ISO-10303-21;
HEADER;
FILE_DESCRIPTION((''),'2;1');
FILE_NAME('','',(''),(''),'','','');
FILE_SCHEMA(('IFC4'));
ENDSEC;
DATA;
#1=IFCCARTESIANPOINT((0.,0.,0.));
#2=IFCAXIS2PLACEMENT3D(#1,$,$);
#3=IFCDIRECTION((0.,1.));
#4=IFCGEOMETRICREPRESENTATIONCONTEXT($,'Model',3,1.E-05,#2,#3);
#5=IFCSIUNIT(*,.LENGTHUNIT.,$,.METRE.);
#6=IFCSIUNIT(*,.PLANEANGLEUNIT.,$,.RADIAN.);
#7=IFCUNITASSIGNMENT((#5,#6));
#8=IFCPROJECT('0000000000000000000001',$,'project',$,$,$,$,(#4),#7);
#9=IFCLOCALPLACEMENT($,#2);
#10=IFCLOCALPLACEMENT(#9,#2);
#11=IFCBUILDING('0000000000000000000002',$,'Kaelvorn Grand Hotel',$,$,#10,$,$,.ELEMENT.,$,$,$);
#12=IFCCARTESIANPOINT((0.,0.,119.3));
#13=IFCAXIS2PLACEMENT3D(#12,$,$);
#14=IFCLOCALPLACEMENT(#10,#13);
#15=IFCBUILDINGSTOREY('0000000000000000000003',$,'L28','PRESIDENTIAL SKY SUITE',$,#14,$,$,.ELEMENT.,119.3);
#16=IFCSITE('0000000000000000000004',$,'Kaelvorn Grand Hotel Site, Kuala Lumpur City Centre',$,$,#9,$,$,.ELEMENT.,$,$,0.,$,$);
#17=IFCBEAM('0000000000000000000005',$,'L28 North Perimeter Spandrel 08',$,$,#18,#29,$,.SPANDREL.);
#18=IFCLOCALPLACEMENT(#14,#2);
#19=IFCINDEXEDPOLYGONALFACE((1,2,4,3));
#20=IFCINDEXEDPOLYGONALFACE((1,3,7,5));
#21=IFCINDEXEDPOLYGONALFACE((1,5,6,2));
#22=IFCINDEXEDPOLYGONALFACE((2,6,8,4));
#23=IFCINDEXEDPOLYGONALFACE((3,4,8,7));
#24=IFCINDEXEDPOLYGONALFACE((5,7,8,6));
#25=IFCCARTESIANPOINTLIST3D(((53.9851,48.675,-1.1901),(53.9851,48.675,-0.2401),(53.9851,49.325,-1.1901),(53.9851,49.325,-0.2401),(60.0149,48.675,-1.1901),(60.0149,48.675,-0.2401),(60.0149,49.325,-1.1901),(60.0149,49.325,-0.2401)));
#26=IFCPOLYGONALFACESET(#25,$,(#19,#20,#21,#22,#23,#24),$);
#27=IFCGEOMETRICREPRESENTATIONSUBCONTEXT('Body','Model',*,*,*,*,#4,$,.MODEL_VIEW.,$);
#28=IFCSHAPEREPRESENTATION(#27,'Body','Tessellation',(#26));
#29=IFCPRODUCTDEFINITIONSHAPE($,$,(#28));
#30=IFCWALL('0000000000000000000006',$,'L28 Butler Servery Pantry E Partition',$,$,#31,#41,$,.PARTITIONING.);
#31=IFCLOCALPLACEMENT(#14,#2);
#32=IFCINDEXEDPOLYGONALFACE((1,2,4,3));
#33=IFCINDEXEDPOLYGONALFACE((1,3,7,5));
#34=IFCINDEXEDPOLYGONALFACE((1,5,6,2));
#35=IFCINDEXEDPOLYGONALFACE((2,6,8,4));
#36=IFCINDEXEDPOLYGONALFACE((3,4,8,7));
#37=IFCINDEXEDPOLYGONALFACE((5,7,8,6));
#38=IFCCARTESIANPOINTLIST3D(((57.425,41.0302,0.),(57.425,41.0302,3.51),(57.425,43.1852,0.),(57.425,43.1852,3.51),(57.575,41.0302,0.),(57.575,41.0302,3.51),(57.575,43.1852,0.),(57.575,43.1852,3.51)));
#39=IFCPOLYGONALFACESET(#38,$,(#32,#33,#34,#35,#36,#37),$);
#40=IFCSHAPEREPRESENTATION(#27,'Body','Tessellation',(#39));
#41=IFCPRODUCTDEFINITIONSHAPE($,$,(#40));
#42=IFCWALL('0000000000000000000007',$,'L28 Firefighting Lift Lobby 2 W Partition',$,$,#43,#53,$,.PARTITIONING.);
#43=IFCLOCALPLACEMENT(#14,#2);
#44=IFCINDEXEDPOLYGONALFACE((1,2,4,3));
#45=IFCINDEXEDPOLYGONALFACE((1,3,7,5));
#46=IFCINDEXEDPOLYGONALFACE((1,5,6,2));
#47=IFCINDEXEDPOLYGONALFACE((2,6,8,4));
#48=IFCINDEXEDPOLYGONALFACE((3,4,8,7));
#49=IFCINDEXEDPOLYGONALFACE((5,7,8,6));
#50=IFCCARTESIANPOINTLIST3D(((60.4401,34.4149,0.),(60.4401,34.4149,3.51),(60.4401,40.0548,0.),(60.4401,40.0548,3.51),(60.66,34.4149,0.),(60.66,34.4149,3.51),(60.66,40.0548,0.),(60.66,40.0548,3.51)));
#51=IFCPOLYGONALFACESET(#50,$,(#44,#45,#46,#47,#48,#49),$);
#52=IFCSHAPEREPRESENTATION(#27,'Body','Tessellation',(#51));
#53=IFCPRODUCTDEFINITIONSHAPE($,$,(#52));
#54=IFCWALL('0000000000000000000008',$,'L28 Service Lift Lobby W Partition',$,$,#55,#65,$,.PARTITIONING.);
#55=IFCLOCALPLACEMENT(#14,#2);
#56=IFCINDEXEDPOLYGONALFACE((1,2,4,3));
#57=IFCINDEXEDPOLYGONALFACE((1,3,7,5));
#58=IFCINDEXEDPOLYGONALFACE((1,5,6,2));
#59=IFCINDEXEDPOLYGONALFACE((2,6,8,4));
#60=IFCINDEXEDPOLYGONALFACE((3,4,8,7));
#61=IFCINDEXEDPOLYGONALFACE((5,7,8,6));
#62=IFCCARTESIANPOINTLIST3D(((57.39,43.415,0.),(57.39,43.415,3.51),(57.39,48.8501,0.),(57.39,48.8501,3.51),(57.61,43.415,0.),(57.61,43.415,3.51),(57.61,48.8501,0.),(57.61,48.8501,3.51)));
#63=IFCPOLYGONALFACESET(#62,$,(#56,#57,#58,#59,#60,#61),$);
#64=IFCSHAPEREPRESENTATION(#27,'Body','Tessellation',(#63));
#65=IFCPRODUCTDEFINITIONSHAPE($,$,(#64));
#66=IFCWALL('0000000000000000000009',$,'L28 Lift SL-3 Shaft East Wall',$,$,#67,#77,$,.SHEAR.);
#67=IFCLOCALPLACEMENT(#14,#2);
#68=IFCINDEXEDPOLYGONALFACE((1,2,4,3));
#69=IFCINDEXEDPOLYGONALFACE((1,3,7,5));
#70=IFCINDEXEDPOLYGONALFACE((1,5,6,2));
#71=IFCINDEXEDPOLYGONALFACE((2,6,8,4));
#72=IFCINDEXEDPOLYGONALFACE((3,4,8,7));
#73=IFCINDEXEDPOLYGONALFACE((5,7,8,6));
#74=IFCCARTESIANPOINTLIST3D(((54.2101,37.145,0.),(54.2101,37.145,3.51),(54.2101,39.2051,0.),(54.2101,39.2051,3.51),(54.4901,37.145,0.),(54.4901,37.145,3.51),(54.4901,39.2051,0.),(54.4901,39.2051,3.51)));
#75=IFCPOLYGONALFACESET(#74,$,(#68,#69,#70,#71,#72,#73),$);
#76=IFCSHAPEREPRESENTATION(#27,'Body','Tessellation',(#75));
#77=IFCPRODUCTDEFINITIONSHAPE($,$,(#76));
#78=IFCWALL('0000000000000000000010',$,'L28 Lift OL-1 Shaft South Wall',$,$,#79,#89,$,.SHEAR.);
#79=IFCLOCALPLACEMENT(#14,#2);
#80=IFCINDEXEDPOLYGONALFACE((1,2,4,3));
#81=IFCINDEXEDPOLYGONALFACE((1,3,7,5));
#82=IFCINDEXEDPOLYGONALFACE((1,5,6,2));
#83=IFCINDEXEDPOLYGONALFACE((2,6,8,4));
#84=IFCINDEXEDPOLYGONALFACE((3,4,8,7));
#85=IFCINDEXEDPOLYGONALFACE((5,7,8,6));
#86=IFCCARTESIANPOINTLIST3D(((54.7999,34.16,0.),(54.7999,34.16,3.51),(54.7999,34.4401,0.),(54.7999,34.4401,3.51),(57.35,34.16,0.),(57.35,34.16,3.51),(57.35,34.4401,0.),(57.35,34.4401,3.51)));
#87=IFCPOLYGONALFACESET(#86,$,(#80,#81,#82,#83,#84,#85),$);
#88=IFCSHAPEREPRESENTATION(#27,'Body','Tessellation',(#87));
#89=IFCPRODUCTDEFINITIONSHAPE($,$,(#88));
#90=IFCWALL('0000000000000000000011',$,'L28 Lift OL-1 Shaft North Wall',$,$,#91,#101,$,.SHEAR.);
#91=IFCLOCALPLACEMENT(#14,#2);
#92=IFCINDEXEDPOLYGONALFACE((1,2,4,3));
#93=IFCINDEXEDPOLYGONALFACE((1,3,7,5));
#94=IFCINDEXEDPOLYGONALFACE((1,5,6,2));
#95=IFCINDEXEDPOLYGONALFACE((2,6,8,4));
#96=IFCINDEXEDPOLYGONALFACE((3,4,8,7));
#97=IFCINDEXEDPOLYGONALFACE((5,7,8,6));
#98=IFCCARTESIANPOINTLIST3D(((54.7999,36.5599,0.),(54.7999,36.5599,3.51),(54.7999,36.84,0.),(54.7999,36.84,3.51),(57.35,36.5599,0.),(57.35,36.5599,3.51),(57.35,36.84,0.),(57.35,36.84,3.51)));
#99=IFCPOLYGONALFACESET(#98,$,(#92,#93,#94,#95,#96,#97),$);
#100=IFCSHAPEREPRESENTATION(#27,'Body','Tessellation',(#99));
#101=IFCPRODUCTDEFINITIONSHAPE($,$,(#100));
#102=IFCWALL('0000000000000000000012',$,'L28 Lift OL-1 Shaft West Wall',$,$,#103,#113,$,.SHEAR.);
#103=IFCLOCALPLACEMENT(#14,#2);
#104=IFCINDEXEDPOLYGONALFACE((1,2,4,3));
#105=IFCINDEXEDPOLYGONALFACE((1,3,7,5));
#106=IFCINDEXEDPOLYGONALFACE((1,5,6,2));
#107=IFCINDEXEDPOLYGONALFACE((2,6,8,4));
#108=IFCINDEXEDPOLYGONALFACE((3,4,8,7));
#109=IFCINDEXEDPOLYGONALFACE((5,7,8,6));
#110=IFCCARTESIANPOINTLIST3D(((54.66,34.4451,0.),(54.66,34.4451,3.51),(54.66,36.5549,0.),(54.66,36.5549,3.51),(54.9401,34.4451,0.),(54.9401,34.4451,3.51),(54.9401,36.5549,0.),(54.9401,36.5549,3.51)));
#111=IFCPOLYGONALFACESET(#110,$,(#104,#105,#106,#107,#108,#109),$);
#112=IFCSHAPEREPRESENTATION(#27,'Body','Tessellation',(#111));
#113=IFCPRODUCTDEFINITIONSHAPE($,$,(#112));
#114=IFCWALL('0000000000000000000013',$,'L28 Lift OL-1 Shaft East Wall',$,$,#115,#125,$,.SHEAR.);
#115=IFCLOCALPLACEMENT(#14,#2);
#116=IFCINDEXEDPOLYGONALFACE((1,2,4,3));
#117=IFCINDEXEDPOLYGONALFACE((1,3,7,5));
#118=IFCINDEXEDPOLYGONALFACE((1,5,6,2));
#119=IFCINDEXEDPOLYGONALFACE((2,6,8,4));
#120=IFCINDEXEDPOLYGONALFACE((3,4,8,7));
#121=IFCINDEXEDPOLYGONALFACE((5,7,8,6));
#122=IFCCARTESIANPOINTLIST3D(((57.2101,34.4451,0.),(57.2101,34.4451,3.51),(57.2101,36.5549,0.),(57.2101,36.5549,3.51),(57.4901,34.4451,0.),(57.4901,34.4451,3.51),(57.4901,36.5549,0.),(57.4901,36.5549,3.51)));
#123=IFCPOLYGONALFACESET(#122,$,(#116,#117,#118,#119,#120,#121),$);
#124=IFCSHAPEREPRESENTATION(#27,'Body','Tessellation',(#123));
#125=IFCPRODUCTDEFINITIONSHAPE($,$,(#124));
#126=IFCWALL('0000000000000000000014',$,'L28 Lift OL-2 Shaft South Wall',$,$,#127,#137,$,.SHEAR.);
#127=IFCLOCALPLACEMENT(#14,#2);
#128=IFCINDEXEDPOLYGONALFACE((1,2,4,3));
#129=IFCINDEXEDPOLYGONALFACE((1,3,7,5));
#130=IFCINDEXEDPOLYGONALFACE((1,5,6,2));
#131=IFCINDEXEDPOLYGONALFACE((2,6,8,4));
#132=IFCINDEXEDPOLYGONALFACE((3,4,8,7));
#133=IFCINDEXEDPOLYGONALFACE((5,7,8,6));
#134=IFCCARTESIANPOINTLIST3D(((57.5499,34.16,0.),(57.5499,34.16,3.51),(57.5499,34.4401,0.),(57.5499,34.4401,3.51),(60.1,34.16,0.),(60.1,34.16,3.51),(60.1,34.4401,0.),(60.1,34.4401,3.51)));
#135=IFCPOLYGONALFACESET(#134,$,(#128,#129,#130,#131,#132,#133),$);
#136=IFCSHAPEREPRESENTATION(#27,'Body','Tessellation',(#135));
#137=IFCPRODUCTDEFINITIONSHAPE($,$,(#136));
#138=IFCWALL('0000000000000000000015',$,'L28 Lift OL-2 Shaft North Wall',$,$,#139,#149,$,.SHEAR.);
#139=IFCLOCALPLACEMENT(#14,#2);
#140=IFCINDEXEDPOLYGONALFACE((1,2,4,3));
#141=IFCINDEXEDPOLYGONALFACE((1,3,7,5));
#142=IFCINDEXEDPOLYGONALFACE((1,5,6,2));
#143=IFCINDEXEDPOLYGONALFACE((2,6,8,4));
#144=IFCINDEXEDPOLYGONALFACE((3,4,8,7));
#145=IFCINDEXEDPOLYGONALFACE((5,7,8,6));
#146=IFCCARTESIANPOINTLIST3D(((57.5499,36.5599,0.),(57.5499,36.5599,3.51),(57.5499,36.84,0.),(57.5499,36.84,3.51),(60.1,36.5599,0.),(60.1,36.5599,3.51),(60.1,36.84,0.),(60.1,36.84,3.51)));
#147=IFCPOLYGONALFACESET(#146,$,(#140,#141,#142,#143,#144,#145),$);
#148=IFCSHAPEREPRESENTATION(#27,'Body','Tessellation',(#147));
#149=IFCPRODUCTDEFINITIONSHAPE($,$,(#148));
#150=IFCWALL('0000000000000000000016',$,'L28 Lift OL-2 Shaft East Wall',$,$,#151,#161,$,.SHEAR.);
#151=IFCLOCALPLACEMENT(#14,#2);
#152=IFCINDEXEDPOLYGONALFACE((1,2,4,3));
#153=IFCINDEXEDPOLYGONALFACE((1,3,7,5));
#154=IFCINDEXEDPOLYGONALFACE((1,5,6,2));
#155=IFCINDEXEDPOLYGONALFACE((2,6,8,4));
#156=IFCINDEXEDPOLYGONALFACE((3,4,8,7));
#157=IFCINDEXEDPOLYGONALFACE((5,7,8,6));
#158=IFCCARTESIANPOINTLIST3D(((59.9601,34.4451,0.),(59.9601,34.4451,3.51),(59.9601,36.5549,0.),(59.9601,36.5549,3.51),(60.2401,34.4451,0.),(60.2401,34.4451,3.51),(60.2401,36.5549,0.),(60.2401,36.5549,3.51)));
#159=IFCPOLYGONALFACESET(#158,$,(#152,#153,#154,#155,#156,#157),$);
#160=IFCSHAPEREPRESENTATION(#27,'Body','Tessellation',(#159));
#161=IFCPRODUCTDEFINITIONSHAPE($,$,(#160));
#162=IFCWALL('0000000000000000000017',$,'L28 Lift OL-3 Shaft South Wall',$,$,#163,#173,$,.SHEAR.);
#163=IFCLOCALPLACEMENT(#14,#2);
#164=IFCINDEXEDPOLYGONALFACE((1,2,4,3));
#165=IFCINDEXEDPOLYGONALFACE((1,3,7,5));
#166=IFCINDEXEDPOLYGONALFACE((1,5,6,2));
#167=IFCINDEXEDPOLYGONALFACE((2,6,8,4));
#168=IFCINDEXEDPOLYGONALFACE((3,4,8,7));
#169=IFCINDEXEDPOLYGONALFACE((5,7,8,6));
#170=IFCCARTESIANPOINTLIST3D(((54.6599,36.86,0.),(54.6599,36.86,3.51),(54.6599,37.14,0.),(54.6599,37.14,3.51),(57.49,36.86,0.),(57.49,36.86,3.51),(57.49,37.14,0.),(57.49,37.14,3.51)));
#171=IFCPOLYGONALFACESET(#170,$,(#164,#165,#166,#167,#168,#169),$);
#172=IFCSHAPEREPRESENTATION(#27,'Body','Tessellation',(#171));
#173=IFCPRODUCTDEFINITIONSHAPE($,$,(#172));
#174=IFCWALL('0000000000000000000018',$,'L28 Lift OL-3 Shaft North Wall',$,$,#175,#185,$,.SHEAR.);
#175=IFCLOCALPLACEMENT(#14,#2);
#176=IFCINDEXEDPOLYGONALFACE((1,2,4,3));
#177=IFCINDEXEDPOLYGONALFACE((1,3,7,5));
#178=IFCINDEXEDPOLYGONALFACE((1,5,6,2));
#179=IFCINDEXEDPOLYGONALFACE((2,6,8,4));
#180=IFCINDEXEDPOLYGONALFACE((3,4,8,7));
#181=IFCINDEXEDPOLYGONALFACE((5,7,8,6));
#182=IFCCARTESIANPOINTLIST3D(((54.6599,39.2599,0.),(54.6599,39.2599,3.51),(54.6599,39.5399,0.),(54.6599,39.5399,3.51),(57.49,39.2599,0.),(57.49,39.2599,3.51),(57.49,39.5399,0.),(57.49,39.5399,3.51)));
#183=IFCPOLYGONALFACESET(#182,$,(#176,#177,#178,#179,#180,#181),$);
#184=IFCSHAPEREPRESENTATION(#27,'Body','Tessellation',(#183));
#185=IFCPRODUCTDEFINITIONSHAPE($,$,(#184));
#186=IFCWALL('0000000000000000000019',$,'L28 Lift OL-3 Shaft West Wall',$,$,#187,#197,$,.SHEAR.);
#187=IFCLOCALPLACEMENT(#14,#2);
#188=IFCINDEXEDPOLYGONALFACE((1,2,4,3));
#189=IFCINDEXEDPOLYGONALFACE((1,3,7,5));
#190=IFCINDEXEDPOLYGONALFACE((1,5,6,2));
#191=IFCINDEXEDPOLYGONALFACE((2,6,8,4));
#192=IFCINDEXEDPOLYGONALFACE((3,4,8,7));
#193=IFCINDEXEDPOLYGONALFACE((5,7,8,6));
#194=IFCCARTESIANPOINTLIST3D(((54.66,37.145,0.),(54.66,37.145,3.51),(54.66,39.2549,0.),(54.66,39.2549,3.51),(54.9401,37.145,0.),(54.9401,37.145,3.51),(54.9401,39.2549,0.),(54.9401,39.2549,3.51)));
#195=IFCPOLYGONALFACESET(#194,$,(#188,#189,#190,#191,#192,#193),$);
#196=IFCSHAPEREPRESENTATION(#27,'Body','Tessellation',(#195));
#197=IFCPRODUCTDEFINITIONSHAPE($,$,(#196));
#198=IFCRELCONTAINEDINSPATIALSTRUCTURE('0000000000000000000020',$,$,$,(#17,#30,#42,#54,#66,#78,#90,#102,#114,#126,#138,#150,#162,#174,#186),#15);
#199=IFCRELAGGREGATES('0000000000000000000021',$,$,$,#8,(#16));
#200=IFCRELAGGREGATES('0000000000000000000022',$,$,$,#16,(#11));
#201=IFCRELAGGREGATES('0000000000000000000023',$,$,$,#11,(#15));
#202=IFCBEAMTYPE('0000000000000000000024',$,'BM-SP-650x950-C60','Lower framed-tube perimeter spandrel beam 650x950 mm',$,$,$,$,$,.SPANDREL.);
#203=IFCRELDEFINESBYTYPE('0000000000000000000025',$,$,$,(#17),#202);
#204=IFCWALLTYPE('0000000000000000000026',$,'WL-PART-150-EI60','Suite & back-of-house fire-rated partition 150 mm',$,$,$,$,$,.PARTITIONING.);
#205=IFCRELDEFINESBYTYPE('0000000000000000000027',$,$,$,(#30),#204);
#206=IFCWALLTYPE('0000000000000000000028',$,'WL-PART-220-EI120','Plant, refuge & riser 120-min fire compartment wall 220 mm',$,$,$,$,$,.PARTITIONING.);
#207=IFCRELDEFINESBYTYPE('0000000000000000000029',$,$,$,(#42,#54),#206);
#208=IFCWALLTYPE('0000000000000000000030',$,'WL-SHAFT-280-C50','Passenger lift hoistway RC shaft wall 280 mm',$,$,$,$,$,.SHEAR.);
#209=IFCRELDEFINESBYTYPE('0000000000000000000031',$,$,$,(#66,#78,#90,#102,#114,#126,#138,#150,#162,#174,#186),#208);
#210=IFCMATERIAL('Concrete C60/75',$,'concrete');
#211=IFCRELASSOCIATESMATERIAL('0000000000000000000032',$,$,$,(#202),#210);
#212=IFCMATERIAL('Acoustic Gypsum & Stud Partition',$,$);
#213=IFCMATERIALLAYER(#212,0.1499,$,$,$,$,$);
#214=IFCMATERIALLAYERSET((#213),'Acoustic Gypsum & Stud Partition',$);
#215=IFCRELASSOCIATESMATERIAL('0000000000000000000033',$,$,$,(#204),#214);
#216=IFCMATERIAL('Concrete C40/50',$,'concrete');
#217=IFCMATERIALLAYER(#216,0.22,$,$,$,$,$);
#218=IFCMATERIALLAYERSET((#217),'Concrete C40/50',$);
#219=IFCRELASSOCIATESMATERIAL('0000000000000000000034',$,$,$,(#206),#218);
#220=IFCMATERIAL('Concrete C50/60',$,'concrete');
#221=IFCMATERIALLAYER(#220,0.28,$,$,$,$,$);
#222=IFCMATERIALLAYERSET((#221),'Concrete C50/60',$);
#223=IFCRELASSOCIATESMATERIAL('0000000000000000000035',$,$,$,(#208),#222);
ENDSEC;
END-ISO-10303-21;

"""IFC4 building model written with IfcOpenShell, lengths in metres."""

from ifc_helpers import new_model, si_unit, direction, frame, frame_2d, origin, origin_2d, place, context, subcontext, project, spatial, rectangle, extrude, material, layer, layer_set, material_profile, profile_set, type_object, element, save


model = new_model("IFC4")

# Units and contexts
model_context = context("Model", 3, precision=1e-05, world=origin(), true_north=direction((0.0, 1.0)))
body_context = subcontext(model_context, "Body", "Model", "MODEL_VIEW")
ifc_project = project(units=[si_unit("LENGTHUNIT", "METRE"), si_unit("PLANEANGLEUNIT", "RADIAN")], contexts=[model_context])

# Site, building, storey
site_placement = place(None, origin())
site = spatial("IfcSite", under=ifc_project, at=site_placement, Name="Kaelvorn Grand Hotel Site, Kuala Lumpur City Centre", CompositionType="ELEMENT", RefElevation=0.0)
building_placement = place(site_placement, origin())
building = spatial("IfcBuilding", under=site, at=building_placement, Name="Kaelvorn Grand Hotel", CompositionType="ELEMENT")
storey_placement = place(building_placement, frame((0.0, 0.0, 119.3)))
storey = spatial("IfcBuildingStorey", under=building, at=storey_placement, Name="L28", Description="PRESIDENTIAL SKY SUITE", CompositionType="ELEMENT", Elevation=119.3)

# Beam
ifc_material_1 = material(Name="Concrete C60/75", Category="concrete")
ifc_material_profile = material_profile(ifc_material_1, rectangle(XDim=0.6499, YDim=0.95, at=origin_2d()), Name="RC SPANDREL 650x950")
ifc_profile_set = profile_set([ifc_material_profile], Name="Concrete C60/75")
beam_type = type_object("IfcBeamType", Name="BM-SP-650x950-C60", Description="Lower framed-tube perimeter spandrel beam 650x950 mm", PredefinedType="SPANDREL", material=ifc_profile_set)
beam_placement = place(storey_placement, frame((53.9851, 49.0, -0.7151), z_axis=(1.0, 0.0, 0.0), x_axis=(0.0, 1.0, 0.0)))
element("IfcBeam", 1, at=beam_placement, inside=storey, type_object=beam_type, Name="L28 North Perimeter Spandrel 08", PredefinedType="SPANDREL", context=body_context, shape_type="SweptSolid", body=[
    extrude(rectangle(XDim=0.6499, YDim=0.95, at=origin_2d()), origin(), (0.0, 0.0, 1.0), 6.0298),
])

# Wall
ifc_material_2 = material(Name="Acoustic Gypsum & Stud Partition")
ifc_layer_1 = layer(ifc_material_2, 0.1499)
ifc_layer_set_1 = layer_set([ifc_layer_1], Name="Acoustic Gypsum & Stud Partition")
wall_type_1 = type_object("IfcWallType", Name="WL-PART-150-EI60", Description="Suite & back-of-house fire-rated partition 150 mm", PredefinedType="PARTITIONING", material=ifc_layer_set_1)
wall_1_placement = place(storey_placement, frame((57.5, 41.03, 0.0), z_axis=(0.0, 0.0, 1.0), x_axis=(0.0, 1.0, 0.0)))
element("IfcWall", 2, at=wall_1_placement, inside=storey, type_object=wall_type_1, Name="L28 Butler Servery Pantry E Partition", PredefinedType="PARTITIONING", context=body_context, shape_type="SweptSolid", body=[
    extrude(rectangle(XDim=2.155, YDim=0.1499, at=frame_2d((1.0776, 0.0))), origin(), (0.0, 0.0, 1.0), 3.51),
])

# Shared definitions
ifc_material_3 = material(Name="Concrete C40/50", Category="concrete")
ifc_layer_2 = layer(ifc_material_3, 0.22)
ifc_layer_set_2 = layer_set([ifc_layer_2], Name="Concrete C40/50")
wall_type_2 = type_object("IfcWallType", Name="WL-PART-220-EI120", Description="Plant, refuge & riser 120-min fire compartment wall 220 mm", PredefinedType="PARTITIONING", material=ifc_layer_set_2)

# Wall
wall_2_placement = place(storey_placement, frame((60.55, 34.415, 0.0), z_axis=(0.0, 0.0, 1.0), x_axis=(0.0, 1.0, 0.0)))
element("IfcWall", 3, at=wall_2_placement, inside=storey, type_object=wall_type_2, Name="L28 Firefighting Lift Lobby 2 W Partition", PredefinedType="PARTITIONING", context=body_context, shape_type="SweptSolid", body=[
    extrude(rectangle(XDim=5.6399, YDim=0.22, at=frame_2d((2.8198, 0.0))), origin(), (0.0, 0.0, 1.0), 3.51),
])

# Walls
wall_3_placement = place(storey_placement, frame((57.5, 43.415, 0.0), z_axis=(0.0, 0.0, 1.0), x_axis=(0.0, 1.0, 0.0)))
element("IfcWall", 4, at=wall_3_placement, inside=storey, type_object=wall_type_2, Name="L28 Service Lift Lobby W Partition", PredefinedType="PARTITIONING", context=body_context, shape_type="SweptSolid", body=[
    extrude(rectangle(XDim=5.4351, YDim=0.22, at=frame_2d((2.7175, 0.0))), origin(), (0.0, 0.0, 1.0), 3.51),
])
ifc_material_4 = material(Name="Concrete C50/60", Category="concrete")
ifc_layer_3 = layer(ifc_material_4, 0.28)
ifc_layer_set_3 = layer_set([ifc_layer_3], Name="Concrete C50/60")
wall_type_3 = type_object("IfcWallType", Name="WL-SHAFT-280-C50", Description="Passenger lift hoistway RC shaft wall 280 mm", PredefinedType="SHEAR", material=ifc_layer_set_3)
wall_4_placement = place(storey_placement, frame((54.3501, 37.145, 0.0), z_axis=(0.0, 0.0, 1.0), x_axis=(0.0, 1.0, 0.0)))
element("IfcWall", 5, at=wall_4_placement, inside=storey, type_object=wall_type_3, Name="L28 Lift SL-3 Shaft East Wall", PredefinedType="SHEAR", context=body_context, shape_type="SweptSolid", body=[
    extrude(rectangle(XDim=2.0601, YDim=0.28, at=frame_2d((1.03, 0.0))), origin(), (0.0, 0.0, 1.0), 3.51),
])
for number, where, z_axis, x_axis, name in (
    (6, (54.8, 34.3, 0.0), (0.0, 0.0, 1.0), (1.0, 0.0, 0.0), "L28 Lift OL-1 Shaft South Wall"),
    (7, (54.8, 36.7, 0.0), (0.0, 0.0, 1.0), (1.0, 0.0, 0.0), "L28 Lift OL-1 Shaft North Wall"),
):
    element("IfcWall", number, at=place(storey_placement, frame(where, z_axis=z_axis, x_axis=x_axis)), inside=storey, type_object=wall_type_3, Name=name, PredefinedType="SHEAR", context=body_context, shape_type="SweptSolid", body=[
        extrude(rectangle(XDim=2.55, YDim=0.28, at=frame_2d((1.2749, 0.0))), origin(), (0.0, 0.0, 1.0), 3.51),
    ])
for number, where, z_axis, x_axis, name in (
    (8, (54.8, 34.4451, 0.0), (0.0, 0.0, 1.0), (0.0, 1.0, 0.0), "L28 Lift OL-1 Shaft West Wall"),
    (9, (57.3501, 34.4451, 0.0), (0.0, 0.0, 1.0), (0.0, 1.0, 0.0), "L28 Lift OL-1 Shaft East Wall"),
):
    element("IfcWall", number, at=place(storey_placement, frame(where, z_axis=z_axis, x_axis=x_axis)), inside=storey, type_object=wall_type_3, Name=name, PredefinedType="SHEAR", context=body_context, shape_type="SweptSolid", body=[
        extrude(rectangle(XDim=2.1099, YDim=0.28, at=frame_2d((1.0549, 0.0))), origin(), (0.0, 0.0, 1.0), 3.51),
    ])
for number, where, z_axis, x_axis, name in (
    (10, (57.55, 34.3, 0.0), (0.0, 0.0, 1.0), (1.0, 0.0, 0.0), "L28 Lift OL-2 Shaft South Wall"),
    (11, (57.55, 36.7, 0.0), (0.0, 0.0, 1.0), (1.0, 0.0, 0.0), "L28 Lift OL-2 Shaft North Wall"),
):
    element("IfcWall", number, at=place(storey_placement, frame(where, z_axis=z_axis, x_axis=x_axis)), inside=storey, type_object=wall_type_3, Name=name, PredefinedType="SHEAR", context=body_context, shape_type="SweptSolid", body=[
        extrude(rectangle(XDim=2.55, YDim=0.28, at=frame_2d((1.2749, 0.0))), origin(), (0.0, 0.0, 1.0), 3.51),
    ])
wall_5_placement = place(storey_placement, frame((60.1001, 34.4451, 0.0), z_axis=(0.0, 0.0, 1.0), x_axis=(0.0, 1.0, 0.0)))
element("IfcWall", 12, at=wall_5_placement, inside=storey, type_object=wall_type_3, Name="L28 Lift OL-2 Shaft East Wall", PredefinedType="SHEAR", context=body_context, shape_type="SweptSolid", body=[
    extrude(rectangle(XDim=2.1099, YDim=0.28, at=frame_2d((1.0549, 0.0))), origin(), (0.0, 0.0, 1.0), 3.51),
])
for number, where, z_axis, x_axis, name in (
    (13, (54.6599, 37.0, 0.0), (0.0, 0.0, 1.0), (1.0, 0.0, 0.0), "L28 Lift OL-3 Shaft South Wall"),
    (14, (54.6599, 39.3999, 0.0), (0.0, 0.0, 1.0), (1.0, 0.0, 0.0), "L28 Lift OL-3 Shaft North Wall"),
):
    element("IfcWall", number, at=place(storey_placement, frame(where, z_axis=z_axis, x_axis=x_axis)), inside=storey, type_object=wall_type_3, Name=name, PredefinedType="SHEAR", context=body_context, shape_type="SweptSolid", body=[
        extrude(rectangle(XDim=2.8301, YDim=0.28, at=frame_2d((1.415, 0.0))), origin(), (0.0, 0.0, 1.0), 3.51),
    ])
for number, where, z_axis, x_axis, name in (
    (15, (54.8, 37.145, 0.0), (0.0, 0.0, 1.0), (0.0, 1.0, 0.0), "L28 Lift OL-3 Shaft West Wall"),
):
    element("IfcWall", number, at=place(storey_placement, frame(where, z_axis=z_axis, x_axis=x_axis)), inside=storey, type_object=wall_type_3, Name=name, PredefinedType="SHEAR", context=body_context, shape_type="SweptSolid", body=[
        extrude(rectangle(XDim=2.1099, YDim=0.28, at=frame_2d((1.0549, 0.0))), origin(), (0.0, 0.0, 1.0), 3.51),
    ])

save(model, "model.ifc")
